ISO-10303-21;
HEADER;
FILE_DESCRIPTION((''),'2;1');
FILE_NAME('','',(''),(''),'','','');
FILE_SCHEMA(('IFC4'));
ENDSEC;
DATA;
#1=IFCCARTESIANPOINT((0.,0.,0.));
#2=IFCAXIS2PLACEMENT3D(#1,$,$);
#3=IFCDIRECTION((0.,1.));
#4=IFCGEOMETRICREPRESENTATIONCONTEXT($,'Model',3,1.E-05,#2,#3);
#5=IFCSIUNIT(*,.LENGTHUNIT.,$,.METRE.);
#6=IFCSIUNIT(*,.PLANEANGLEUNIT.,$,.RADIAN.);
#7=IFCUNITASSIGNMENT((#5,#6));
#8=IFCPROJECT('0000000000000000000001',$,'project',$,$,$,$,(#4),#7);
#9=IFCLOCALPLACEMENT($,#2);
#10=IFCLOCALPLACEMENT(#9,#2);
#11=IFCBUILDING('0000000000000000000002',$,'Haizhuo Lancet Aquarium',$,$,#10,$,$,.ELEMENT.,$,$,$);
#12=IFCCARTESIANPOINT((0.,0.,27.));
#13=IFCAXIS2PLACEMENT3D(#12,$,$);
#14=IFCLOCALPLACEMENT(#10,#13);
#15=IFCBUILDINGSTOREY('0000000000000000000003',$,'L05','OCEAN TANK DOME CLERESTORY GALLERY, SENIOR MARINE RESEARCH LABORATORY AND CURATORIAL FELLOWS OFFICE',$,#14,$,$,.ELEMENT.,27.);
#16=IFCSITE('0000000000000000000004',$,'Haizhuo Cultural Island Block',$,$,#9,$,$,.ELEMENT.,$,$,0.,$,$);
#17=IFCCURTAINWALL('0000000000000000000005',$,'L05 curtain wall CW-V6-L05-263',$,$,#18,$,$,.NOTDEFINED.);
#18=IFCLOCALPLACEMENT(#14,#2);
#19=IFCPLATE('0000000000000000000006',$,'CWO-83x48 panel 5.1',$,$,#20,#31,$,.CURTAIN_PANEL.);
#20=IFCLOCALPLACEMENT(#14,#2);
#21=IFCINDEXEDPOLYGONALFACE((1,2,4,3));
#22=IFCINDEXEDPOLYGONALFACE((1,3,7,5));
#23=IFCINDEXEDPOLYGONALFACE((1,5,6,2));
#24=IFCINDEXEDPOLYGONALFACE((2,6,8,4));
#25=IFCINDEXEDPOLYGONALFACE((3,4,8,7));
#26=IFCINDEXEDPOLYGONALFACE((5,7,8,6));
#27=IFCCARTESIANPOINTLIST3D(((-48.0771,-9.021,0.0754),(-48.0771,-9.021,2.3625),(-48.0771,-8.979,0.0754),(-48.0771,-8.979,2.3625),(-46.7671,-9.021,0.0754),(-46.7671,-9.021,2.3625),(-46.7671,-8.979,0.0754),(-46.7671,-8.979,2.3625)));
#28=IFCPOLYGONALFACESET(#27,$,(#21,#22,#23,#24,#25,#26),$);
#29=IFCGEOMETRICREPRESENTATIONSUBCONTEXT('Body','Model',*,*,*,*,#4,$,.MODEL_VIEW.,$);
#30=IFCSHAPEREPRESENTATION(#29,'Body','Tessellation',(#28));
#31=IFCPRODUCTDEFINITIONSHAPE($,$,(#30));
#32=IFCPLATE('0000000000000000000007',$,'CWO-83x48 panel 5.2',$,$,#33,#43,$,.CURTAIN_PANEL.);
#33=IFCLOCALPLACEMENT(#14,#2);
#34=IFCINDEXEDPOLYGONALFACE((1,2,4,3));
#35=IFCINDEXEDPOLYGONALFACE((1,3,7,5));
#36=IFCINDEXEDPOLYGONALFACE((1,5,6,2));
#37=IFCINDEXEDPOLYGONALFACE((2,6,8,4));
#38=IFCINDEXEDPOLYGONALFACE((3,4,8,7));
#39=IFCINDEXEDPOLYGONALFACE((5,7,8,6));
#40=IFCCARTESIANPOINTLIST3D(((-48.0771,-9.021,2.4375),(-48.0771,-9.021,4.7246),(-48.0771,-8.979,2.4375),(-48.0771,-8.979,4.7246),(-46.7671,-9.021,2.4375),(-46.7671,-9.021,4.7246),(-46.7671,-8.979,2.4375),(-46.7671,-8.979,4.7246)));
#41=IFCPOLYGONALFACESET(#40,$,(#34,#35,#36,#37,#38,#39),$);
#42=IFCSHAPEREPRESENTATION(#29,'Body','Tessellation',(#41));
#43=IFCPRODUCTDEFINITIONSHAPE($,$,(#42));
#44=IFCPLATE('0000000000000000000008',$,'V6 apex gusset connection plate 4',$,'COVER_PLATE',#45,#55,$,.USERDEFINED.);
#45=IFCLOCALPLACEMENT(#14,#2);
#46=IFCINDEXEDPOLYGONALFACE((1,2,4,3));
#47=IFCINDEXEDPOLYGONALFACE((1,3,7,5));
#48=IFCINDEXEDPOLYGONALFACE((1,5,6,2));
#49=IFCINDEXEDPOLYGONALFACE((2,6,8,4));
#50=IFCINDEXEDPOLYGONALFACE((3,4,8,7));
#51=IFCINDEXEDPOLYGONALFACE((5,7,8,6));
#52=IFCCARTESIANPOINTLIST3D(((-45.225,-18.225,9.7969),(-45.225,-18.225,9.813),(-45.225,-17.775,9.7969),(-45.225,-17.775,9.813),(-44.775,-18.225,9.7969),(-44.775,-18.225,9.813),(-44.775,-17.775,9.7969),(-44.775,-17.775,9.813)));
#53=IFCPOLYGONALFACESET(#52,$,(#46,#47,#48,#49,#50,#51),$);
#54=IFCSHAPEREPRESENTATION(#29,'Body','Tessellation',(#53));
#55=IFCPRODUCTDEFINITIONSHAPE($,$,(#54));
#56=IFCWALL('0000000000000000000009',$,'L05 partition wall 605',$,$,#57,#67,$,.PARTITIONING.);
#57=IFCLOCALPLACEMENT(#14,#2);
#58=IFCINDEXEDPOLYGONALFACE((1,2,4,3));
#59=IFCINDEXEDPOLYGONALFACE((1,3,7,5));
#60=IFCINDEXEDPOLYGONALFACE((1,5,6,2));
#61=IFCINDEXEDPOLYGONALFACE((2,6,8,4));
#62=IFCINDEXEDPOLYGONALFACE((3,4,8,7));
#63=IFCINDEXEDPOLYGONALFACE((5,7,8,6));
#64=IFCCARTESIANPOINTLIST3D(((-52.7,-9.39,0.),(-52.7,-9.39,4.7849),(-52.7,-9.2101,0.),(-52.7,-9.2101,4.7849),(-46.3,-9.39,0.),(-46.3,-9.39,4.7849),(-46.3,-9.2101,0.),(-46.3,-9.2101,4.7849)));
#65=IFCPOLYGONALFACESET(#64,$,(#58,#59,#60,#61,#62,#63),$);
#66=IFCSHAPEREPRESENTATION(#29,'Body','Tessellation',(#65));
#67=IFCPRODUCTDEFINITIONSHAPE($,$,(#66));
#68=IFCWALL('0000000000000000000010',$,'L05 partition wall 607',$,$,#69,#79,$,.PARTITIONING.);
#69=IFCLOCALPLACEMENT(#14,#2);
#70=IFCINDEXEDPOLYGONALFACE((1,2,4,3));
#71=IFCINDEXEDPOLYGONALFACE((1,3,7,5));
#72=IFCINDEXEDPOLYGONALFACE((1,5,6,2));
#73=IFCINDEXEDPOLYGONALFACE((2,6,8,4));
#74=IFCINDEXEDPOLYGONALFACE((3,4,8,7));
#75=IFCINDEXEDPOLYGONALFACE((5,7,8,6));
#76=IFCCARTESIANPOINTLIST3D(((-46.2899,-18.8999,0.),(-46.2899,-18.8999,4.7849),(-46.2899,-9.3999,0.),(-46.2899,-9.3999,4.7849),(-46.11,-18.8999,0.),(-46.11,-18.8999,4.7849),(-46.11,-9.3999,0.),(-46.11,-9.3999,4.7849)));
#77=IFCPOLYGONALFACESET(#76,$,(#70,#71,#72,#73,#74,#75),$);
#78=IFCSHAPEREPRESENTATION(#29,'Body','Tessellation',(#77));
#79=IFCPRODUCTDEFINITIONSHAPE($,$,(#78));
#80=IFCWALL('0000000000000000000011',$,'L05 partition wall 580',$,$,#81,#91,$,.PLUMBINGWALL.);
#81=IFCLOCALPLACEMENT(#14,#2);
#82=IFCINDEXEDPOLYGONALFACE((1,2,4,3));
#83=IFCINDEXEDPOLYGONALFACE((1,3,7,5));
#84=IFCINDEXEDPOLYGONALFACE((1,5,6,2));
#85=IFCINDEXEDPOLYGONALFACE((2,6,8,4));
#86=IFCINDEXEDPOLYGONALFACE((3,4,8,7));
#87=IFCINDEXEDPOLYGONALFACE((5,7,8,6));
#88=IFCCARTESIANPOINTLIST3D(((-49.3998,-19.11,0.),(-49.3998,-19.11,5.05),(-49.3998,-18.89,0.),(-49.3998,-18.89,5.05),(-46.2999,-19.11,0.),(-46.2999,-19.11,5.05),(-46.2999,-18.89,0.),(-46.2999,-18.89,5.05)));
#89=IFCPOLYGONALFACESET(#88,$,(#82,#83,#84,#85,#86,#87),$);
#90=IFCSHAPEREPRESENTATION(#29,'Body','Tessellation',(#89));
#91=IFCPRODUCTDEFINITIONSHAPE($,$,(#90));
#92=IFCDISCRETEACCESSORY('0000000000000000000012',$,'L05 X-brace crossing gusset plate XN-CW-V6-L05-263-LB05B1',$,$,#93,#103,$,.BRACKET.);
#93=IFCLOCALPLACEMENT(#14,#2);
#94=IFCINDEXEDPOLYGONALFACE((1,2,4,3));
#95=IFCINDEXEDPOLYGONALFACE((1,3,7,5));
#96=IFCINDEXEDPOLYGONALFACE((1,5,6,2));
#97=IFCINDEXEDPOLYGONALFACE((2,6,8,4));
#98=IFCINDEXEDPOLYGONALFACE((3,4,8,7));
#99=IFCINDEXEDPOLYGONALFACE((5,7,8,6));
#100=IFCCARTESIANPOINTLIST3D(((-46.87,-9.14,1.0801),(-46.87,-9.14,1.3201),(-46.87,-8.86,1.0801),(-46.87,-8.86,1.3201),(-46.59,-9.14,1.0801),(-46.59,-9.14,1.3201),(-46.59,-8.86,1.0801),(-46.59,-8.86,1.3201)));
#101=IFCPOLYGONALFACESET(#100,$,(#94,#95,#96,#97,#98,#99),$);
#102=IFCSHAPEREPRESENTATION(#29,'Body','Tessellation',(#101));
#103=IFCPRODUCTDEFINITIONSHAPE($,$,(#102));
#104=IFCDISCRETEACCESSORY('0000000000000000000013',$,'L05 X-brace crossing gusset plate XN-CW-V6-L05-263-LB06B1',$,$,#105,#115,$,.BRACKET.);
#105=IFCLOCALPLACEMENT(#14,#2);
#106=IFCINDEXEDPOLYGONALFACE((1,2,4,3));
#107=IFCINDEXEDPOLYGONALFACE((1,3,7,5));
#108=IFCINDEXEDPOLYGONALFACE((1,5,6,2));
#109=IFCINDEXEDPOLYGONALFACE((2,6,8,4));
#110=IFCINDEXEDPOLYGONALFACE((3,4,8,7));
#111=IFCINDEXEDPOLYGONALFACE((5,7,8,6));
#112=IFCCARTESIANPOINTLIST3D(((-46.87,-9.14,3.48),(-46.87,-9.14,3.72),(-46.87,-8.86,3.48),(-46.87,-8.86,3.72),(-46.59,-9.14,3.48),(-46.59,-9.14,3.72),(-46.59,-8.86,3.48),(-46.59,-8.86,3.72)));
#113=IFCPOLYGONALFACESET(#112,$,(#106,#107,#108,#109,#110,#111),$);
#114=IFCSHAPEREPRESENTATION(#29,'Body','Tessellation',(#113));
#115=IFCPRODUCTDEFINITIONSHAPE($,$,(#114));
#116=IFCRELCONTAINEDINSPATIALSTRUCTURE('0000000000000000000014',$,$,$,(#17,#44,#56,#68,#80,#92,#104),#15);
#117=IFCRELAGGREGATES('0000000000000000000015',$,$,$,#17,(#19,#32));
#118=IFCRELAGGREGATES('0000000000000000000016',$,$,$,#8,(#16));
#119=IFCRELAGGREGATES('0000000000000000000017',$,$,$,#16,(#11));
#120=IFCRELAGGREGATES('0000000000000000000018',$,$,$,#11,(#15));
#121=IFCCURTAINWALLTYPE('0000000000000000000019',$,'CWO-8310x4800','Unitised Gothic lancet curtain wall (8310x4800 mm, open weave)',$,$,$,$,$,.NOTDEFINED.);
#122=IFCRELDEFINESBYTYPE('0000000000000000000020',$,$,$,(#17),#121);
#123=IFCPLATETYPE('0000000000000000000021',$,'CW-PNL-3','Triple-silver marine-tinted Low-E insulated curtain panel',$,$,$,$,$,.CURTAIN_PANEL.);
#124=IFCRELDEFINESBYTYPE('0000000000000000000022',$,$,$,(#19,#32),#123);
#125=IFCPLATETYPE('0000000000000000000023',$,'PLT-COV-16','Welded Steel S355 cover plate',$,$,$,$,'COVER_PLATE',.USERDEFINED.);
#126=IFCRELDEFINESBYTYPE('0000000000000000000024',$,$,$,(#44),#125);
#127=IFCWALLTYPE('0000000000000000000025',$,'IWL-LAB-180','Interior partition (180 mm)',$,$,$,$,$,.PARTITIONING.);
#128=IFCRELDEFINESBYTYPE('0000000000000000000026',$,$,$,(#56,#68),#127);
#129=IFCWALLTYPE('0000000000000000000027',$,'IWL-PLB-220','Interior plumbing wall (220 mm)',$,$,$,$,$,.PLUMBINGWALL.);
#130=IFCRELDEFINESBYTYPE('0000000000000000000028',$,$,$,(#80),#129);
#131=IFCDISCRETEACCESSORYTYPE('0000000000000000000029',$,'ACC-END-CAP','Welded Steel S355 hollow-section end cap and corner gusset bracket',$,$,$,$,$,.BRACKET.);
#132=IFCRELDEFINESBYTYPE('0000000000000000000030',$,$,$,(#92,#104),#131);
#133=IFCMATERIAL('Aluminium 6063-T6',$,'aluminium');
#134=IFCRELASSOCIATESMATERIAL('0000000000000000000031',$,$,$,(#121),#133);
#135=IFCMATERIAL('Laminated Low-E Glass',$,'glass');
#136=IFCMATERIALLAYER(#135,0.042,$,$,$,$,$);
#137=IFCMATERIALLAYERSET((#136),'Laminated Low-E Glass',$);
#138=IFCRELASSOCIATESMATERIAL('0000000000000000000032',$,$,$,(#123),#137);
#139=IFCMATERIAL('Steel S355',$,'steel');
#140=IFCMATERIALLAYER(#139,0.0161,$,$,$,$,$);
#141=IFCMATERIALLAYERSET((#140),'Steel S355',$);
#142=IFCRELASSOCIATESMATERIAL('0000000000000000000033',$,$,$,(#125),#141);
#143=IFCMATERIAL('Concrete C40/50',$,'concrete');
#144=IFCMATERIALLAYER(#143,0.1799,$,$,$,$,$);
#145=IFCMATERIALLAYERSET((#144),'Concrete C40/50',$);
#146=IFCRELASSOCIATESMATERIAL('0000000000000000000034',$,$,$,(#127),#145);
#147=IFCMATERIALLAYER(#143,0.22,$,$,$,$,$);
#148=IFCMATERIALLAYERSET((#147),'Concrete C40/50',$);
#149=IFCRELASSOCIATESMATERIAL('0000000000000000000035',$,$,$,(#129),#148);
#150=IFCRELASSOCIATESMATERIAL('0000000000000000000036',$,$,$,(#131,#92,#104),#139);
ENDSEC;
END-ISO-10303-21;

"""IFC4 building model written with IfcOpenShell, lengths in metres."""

from ifc_helpers import new_model, si_unit, direction, frame, frame_2d, origin, origin_2d, place, context, subcontext, project, spatial, rectangle, extrude, material, layer, layer_set, type_object, element, aggregate, save


model = new_model("IFC4")

# Units and contexts
model_context = context("Model", 3, precision=1e-05, world=origin(), true_north=direction((0.0, 1.0)))
body_context = subcontext(model_context, "Body", "Model", "MODEL_VIEW")
ifc_project = project(units=[si_unit("LENGTHUNIT", "METRE"), si_unit("PLANEANGLEUNIT", "RADIAN")], contexts=[model_context])

# Site, building, storey
site_placement = place(None, origin())
site = spatial("IfcSite", under=ifc_project, at=site_placement, Name="Haizhuo Cultural Island Block", CompositionType="ELEMENT", RefElevation=0.0)
building_placement = place(site_placement, origin())
building = spatial("IfcBuilding", under=site, at=building_placement, Name="Haizhuo Lancet Aquarium", CompositionType="ELEMENT")
storey_placement = place(building_placement, frame((0.0, 0.0, 27.0)))
storey = spatial("IfcBuildingStorey", under=building, at=storey_placement, Name="L05", Description="OCEAN TANK DOME CLERESTORY GALLERY, SENIOR MARINE RESEARCH LABORATORY AND CURATORIAL FELLOWS OFFICE", CompositionType="ELEMENT", Elevation=27.0)

# Shared definitions
ifc_material_1 = material(Name="Concrete C40/50", Category="concrete")

# Shared definitions
ifc_material_2 = material(Name="Steel S355", Category="steel")

# Curtain wall
ifc_material_3 = material(Name="Aluminium 6063-T6", Category="aluminium")
curtain_wall_type = type_object("IfcCurtainWallType", Name="CWO-8310x4800", Description="Unitised Gothic lancet curtain wall (8310x4800 mm, open weave)", PredefinedType="NOTDEFINED", material=ifc_material_3)
curtain_wall_placement = place(storey_placement, origin())
curtain_wall = element("IfcCurtainWall", 1, at=curtain_wall_placement, inside=storey, type_object=curtain_wall_type, Name="L05 curtain wall CW-V6-L05-263", PredefinedType="NOTDEFINED")

# Plates
ifc_material_4 = material(Name="Laminated Low-E Glass", Category="glass")
ifc_layer_1 = layer(ifc_material_4, 0.042)
ifc_layer_set_1 = layer_set([ifc_layer_1], Name="Laminated Low-E Glass")
plate_type_1 = type_object("IfcPlateType", Name="CW-PNL-3", Description="Triple-silver marine-tinted Low-E insulated curtain panel", PredefinedType="CURTAIN_PANEL", material=ifc_layer_set_1)
plate_1_placement = place(storey_placement, frame((-47.4221, -9.0, 0.0754), z_axis=(0.0, 0.0, 1.0), x_axis=(1.0, 0.0, 0.0)))
plate_1 = element("IfcPlate", 2, at=plate_1_placement, type_object=plate_type_1, Name="CWO-83x48 panel 5.1", PredefinedType="CURTAIN_PANEL", context=body_context, shape_type="SweptSolid", body=[
    extrude(rectangle(XDim=1.3101, YDim=0.042, at=origin_2d()), origin(), (0.0, 0.0, 1.0), 2.2871),
])
plate_2_placement = place(storey_placement, frame((-47.4221, -9.0, 2.4375), z_axis=(0.0, 0.0, 1.0), x_axis=(1.0, 0.0, 0.0)))
plate_2 = element("IfcPlate", 3, at=plate_2_placement, type_object=plate_type_1, Name="CWO-83x48 panel 5.2", PredefinedType="CURTAIN_PANEL", context=body_context, shape_type="SweptSolid", body=[
    extrude(rectangle(XDim=1.3101, YDim=0.042, at=origin_2d()), origin(), (0.0, 0.0, 1.0), 2.2871),
])
aggregate(curtain_wall, [plate_1, plate_2])
ifc_layer_2 = layer(ifc_material_2, 0.0161)
ifc_layer_set_2 = layer_set([ifc_layer_2], Name="Steel S355")
plate_type_2 = type_object("IfcPlateType", Name="PLT-COV-16", Description="Welded Steel S355 cover plate", ElementType="COVER_PLATE", PredefinedType="USERDEFINED", material=ifc_layer_set_2)
plate_3_placement = place(storey_placement, frame((-45.0, -18.0, 9.7969), z_axis=(0.0, 0.0, 1.0), x_axis=(1.0, 0.0, 0.0)))
element("IfcPlate", 4, at=plate_3_placement, inside=storey, type_object=plate_type_2, Name="V6 apex gusset connection plate 4", ObjectType="COVER_PLATE", PredefinedType="USERDEFINED", context=body_context, shape_type="SweptSolid", body=[
    extrude(rectangle(XDim=0.45, YDim=0.45, at=origin_2d()), origin(), (0.0, 0.0, 1.0), 0.0161),
])

# Walls
ifc_layer_3 = layer(ifc_material_1, 0.1799)
ifc_layer_set_3 = layer_set([ifc_layer_3], Name="Concrete C40/50")
wall_type_1 = type_object("IfcWallType", Name="IWL-LAB-180", Description="Interior partition (180 mm)", PredefinedType="PARTITIONING", material=ifc_layer_set_3)
wall_1_placement = place(storey_placement, frame((-46.3, -9.3, 0.0), z_axis=(0.0, 0.0, 1.0), x_axis=(-1.0, 0.0, 0.0)))
element("IfcWall", 5, at=wall_1_placement, inside=storey, type_object=wall_type_1, Name="L05 partition wall 605", PredefinedType="PARTITIONING", context=body_context, shape_type="SweptSolid", body=[
    extrude(rectangle(XDim=6.3999, YDim=0.1799, at=frame_2d((3.2, 0.0))), origin(), (0.0, 0.0, 1.0), 4.7849),
])
wall_2_placement = place(storey_placement, frame((-46.2, -18.8999, 0.0), z_axis=(0.0, 0.0, 1.0), x_axis=(0.0, 1.0, 0.0)))
element("IfcWall", 6, at=wall_2_placement, inside=storey, type_object=wall_type_1, Name="L05 partition wall 607", PredefinedType="PARTITIONING", context=body_context, shape_type="SweptSolid", body=[
    extrude(rectangle(XDim=9.5, YDim=0.1799, at=frame_2d((4.75, 0.0))), origin(), (0.0, 0.0, 1.0), 4.7849),
])
ifc_layer_4 = layer(ifc_material_1, 0.22)
ifc_layer_set_4 = layer_set([ifc_layer_4], Name="Concrete C40/50")
wall_type_2 = type_object("IfcWallType", Name="IWL-PLB-220", Description="Interior plumbing wall (220 mm)", PredefinedType="PLUMBINGWALL", material=ifc_layer_set_4)
wall_3_placement = place(storey_placement, frame((-46.3, -19.0, 0.0), z_axis=(0.0, 0.0, 1.0), x_axis=(-1.0, 0.0, 0.0)))
element("IfcWall", 7, at=wall_3_placement, inside=storey, type_object=wall_type_2, Name="L05 partition wall 580", PredefinedType="PLUMBINGWALL", context=body_context, shape_type="SweptSolid", body=[
    extrude(rectangle(XDim=3.0999, YDim=0.22, at=frame_2d((1.5498, 0.0))), origin(), (0.0, 0.0, 1.0), 5.05),
])

# Discrete accessories
discrete_accessory_type = type_object("IfcDiscreteAccessoryType", Name="ACC-END-CAP", Description="Welded Steel S355 hollow-section end cap and corner gusset bracket", PredefinedType="BRACKET", material=ifc_material_2)
for number, where, z_axis, x_axis, name in (
    (8, (-46.73, -9.0, 1.0801), (0.0, 0.0, 1.0), (1.0, 0.0, 0.0), "L05 X-brace crossing gusset plate XN-CW-V6-L05-263-LB05B1"),
    (9, (-46.73, -9.0, 3.48), (0.0, 0.0, 1.0), (1.0, 0.0, 0.0), "L05 X-brace crossing gusset plate XN-CW-V6-L05-263-LB06B1"),
):
    element("IfcDiscreteAccessory", number, at=place(storey_placement, frame(where, z_axis=z_axis, x_axis=x_axis)), inside=storey, type_object=discrete_accessory_type, material=ifc_material_2, Name=name, PredefinedType="BRACKET", context=body_context, shape_type="SweptSolid", body=[
        extrude(rectangle(XDim=0.28, YDim=0.28, at=origin_2d()), origin(), (0.0, 0.0, 1.0), 0.24),
    ])

save(model, "model.ifc")
